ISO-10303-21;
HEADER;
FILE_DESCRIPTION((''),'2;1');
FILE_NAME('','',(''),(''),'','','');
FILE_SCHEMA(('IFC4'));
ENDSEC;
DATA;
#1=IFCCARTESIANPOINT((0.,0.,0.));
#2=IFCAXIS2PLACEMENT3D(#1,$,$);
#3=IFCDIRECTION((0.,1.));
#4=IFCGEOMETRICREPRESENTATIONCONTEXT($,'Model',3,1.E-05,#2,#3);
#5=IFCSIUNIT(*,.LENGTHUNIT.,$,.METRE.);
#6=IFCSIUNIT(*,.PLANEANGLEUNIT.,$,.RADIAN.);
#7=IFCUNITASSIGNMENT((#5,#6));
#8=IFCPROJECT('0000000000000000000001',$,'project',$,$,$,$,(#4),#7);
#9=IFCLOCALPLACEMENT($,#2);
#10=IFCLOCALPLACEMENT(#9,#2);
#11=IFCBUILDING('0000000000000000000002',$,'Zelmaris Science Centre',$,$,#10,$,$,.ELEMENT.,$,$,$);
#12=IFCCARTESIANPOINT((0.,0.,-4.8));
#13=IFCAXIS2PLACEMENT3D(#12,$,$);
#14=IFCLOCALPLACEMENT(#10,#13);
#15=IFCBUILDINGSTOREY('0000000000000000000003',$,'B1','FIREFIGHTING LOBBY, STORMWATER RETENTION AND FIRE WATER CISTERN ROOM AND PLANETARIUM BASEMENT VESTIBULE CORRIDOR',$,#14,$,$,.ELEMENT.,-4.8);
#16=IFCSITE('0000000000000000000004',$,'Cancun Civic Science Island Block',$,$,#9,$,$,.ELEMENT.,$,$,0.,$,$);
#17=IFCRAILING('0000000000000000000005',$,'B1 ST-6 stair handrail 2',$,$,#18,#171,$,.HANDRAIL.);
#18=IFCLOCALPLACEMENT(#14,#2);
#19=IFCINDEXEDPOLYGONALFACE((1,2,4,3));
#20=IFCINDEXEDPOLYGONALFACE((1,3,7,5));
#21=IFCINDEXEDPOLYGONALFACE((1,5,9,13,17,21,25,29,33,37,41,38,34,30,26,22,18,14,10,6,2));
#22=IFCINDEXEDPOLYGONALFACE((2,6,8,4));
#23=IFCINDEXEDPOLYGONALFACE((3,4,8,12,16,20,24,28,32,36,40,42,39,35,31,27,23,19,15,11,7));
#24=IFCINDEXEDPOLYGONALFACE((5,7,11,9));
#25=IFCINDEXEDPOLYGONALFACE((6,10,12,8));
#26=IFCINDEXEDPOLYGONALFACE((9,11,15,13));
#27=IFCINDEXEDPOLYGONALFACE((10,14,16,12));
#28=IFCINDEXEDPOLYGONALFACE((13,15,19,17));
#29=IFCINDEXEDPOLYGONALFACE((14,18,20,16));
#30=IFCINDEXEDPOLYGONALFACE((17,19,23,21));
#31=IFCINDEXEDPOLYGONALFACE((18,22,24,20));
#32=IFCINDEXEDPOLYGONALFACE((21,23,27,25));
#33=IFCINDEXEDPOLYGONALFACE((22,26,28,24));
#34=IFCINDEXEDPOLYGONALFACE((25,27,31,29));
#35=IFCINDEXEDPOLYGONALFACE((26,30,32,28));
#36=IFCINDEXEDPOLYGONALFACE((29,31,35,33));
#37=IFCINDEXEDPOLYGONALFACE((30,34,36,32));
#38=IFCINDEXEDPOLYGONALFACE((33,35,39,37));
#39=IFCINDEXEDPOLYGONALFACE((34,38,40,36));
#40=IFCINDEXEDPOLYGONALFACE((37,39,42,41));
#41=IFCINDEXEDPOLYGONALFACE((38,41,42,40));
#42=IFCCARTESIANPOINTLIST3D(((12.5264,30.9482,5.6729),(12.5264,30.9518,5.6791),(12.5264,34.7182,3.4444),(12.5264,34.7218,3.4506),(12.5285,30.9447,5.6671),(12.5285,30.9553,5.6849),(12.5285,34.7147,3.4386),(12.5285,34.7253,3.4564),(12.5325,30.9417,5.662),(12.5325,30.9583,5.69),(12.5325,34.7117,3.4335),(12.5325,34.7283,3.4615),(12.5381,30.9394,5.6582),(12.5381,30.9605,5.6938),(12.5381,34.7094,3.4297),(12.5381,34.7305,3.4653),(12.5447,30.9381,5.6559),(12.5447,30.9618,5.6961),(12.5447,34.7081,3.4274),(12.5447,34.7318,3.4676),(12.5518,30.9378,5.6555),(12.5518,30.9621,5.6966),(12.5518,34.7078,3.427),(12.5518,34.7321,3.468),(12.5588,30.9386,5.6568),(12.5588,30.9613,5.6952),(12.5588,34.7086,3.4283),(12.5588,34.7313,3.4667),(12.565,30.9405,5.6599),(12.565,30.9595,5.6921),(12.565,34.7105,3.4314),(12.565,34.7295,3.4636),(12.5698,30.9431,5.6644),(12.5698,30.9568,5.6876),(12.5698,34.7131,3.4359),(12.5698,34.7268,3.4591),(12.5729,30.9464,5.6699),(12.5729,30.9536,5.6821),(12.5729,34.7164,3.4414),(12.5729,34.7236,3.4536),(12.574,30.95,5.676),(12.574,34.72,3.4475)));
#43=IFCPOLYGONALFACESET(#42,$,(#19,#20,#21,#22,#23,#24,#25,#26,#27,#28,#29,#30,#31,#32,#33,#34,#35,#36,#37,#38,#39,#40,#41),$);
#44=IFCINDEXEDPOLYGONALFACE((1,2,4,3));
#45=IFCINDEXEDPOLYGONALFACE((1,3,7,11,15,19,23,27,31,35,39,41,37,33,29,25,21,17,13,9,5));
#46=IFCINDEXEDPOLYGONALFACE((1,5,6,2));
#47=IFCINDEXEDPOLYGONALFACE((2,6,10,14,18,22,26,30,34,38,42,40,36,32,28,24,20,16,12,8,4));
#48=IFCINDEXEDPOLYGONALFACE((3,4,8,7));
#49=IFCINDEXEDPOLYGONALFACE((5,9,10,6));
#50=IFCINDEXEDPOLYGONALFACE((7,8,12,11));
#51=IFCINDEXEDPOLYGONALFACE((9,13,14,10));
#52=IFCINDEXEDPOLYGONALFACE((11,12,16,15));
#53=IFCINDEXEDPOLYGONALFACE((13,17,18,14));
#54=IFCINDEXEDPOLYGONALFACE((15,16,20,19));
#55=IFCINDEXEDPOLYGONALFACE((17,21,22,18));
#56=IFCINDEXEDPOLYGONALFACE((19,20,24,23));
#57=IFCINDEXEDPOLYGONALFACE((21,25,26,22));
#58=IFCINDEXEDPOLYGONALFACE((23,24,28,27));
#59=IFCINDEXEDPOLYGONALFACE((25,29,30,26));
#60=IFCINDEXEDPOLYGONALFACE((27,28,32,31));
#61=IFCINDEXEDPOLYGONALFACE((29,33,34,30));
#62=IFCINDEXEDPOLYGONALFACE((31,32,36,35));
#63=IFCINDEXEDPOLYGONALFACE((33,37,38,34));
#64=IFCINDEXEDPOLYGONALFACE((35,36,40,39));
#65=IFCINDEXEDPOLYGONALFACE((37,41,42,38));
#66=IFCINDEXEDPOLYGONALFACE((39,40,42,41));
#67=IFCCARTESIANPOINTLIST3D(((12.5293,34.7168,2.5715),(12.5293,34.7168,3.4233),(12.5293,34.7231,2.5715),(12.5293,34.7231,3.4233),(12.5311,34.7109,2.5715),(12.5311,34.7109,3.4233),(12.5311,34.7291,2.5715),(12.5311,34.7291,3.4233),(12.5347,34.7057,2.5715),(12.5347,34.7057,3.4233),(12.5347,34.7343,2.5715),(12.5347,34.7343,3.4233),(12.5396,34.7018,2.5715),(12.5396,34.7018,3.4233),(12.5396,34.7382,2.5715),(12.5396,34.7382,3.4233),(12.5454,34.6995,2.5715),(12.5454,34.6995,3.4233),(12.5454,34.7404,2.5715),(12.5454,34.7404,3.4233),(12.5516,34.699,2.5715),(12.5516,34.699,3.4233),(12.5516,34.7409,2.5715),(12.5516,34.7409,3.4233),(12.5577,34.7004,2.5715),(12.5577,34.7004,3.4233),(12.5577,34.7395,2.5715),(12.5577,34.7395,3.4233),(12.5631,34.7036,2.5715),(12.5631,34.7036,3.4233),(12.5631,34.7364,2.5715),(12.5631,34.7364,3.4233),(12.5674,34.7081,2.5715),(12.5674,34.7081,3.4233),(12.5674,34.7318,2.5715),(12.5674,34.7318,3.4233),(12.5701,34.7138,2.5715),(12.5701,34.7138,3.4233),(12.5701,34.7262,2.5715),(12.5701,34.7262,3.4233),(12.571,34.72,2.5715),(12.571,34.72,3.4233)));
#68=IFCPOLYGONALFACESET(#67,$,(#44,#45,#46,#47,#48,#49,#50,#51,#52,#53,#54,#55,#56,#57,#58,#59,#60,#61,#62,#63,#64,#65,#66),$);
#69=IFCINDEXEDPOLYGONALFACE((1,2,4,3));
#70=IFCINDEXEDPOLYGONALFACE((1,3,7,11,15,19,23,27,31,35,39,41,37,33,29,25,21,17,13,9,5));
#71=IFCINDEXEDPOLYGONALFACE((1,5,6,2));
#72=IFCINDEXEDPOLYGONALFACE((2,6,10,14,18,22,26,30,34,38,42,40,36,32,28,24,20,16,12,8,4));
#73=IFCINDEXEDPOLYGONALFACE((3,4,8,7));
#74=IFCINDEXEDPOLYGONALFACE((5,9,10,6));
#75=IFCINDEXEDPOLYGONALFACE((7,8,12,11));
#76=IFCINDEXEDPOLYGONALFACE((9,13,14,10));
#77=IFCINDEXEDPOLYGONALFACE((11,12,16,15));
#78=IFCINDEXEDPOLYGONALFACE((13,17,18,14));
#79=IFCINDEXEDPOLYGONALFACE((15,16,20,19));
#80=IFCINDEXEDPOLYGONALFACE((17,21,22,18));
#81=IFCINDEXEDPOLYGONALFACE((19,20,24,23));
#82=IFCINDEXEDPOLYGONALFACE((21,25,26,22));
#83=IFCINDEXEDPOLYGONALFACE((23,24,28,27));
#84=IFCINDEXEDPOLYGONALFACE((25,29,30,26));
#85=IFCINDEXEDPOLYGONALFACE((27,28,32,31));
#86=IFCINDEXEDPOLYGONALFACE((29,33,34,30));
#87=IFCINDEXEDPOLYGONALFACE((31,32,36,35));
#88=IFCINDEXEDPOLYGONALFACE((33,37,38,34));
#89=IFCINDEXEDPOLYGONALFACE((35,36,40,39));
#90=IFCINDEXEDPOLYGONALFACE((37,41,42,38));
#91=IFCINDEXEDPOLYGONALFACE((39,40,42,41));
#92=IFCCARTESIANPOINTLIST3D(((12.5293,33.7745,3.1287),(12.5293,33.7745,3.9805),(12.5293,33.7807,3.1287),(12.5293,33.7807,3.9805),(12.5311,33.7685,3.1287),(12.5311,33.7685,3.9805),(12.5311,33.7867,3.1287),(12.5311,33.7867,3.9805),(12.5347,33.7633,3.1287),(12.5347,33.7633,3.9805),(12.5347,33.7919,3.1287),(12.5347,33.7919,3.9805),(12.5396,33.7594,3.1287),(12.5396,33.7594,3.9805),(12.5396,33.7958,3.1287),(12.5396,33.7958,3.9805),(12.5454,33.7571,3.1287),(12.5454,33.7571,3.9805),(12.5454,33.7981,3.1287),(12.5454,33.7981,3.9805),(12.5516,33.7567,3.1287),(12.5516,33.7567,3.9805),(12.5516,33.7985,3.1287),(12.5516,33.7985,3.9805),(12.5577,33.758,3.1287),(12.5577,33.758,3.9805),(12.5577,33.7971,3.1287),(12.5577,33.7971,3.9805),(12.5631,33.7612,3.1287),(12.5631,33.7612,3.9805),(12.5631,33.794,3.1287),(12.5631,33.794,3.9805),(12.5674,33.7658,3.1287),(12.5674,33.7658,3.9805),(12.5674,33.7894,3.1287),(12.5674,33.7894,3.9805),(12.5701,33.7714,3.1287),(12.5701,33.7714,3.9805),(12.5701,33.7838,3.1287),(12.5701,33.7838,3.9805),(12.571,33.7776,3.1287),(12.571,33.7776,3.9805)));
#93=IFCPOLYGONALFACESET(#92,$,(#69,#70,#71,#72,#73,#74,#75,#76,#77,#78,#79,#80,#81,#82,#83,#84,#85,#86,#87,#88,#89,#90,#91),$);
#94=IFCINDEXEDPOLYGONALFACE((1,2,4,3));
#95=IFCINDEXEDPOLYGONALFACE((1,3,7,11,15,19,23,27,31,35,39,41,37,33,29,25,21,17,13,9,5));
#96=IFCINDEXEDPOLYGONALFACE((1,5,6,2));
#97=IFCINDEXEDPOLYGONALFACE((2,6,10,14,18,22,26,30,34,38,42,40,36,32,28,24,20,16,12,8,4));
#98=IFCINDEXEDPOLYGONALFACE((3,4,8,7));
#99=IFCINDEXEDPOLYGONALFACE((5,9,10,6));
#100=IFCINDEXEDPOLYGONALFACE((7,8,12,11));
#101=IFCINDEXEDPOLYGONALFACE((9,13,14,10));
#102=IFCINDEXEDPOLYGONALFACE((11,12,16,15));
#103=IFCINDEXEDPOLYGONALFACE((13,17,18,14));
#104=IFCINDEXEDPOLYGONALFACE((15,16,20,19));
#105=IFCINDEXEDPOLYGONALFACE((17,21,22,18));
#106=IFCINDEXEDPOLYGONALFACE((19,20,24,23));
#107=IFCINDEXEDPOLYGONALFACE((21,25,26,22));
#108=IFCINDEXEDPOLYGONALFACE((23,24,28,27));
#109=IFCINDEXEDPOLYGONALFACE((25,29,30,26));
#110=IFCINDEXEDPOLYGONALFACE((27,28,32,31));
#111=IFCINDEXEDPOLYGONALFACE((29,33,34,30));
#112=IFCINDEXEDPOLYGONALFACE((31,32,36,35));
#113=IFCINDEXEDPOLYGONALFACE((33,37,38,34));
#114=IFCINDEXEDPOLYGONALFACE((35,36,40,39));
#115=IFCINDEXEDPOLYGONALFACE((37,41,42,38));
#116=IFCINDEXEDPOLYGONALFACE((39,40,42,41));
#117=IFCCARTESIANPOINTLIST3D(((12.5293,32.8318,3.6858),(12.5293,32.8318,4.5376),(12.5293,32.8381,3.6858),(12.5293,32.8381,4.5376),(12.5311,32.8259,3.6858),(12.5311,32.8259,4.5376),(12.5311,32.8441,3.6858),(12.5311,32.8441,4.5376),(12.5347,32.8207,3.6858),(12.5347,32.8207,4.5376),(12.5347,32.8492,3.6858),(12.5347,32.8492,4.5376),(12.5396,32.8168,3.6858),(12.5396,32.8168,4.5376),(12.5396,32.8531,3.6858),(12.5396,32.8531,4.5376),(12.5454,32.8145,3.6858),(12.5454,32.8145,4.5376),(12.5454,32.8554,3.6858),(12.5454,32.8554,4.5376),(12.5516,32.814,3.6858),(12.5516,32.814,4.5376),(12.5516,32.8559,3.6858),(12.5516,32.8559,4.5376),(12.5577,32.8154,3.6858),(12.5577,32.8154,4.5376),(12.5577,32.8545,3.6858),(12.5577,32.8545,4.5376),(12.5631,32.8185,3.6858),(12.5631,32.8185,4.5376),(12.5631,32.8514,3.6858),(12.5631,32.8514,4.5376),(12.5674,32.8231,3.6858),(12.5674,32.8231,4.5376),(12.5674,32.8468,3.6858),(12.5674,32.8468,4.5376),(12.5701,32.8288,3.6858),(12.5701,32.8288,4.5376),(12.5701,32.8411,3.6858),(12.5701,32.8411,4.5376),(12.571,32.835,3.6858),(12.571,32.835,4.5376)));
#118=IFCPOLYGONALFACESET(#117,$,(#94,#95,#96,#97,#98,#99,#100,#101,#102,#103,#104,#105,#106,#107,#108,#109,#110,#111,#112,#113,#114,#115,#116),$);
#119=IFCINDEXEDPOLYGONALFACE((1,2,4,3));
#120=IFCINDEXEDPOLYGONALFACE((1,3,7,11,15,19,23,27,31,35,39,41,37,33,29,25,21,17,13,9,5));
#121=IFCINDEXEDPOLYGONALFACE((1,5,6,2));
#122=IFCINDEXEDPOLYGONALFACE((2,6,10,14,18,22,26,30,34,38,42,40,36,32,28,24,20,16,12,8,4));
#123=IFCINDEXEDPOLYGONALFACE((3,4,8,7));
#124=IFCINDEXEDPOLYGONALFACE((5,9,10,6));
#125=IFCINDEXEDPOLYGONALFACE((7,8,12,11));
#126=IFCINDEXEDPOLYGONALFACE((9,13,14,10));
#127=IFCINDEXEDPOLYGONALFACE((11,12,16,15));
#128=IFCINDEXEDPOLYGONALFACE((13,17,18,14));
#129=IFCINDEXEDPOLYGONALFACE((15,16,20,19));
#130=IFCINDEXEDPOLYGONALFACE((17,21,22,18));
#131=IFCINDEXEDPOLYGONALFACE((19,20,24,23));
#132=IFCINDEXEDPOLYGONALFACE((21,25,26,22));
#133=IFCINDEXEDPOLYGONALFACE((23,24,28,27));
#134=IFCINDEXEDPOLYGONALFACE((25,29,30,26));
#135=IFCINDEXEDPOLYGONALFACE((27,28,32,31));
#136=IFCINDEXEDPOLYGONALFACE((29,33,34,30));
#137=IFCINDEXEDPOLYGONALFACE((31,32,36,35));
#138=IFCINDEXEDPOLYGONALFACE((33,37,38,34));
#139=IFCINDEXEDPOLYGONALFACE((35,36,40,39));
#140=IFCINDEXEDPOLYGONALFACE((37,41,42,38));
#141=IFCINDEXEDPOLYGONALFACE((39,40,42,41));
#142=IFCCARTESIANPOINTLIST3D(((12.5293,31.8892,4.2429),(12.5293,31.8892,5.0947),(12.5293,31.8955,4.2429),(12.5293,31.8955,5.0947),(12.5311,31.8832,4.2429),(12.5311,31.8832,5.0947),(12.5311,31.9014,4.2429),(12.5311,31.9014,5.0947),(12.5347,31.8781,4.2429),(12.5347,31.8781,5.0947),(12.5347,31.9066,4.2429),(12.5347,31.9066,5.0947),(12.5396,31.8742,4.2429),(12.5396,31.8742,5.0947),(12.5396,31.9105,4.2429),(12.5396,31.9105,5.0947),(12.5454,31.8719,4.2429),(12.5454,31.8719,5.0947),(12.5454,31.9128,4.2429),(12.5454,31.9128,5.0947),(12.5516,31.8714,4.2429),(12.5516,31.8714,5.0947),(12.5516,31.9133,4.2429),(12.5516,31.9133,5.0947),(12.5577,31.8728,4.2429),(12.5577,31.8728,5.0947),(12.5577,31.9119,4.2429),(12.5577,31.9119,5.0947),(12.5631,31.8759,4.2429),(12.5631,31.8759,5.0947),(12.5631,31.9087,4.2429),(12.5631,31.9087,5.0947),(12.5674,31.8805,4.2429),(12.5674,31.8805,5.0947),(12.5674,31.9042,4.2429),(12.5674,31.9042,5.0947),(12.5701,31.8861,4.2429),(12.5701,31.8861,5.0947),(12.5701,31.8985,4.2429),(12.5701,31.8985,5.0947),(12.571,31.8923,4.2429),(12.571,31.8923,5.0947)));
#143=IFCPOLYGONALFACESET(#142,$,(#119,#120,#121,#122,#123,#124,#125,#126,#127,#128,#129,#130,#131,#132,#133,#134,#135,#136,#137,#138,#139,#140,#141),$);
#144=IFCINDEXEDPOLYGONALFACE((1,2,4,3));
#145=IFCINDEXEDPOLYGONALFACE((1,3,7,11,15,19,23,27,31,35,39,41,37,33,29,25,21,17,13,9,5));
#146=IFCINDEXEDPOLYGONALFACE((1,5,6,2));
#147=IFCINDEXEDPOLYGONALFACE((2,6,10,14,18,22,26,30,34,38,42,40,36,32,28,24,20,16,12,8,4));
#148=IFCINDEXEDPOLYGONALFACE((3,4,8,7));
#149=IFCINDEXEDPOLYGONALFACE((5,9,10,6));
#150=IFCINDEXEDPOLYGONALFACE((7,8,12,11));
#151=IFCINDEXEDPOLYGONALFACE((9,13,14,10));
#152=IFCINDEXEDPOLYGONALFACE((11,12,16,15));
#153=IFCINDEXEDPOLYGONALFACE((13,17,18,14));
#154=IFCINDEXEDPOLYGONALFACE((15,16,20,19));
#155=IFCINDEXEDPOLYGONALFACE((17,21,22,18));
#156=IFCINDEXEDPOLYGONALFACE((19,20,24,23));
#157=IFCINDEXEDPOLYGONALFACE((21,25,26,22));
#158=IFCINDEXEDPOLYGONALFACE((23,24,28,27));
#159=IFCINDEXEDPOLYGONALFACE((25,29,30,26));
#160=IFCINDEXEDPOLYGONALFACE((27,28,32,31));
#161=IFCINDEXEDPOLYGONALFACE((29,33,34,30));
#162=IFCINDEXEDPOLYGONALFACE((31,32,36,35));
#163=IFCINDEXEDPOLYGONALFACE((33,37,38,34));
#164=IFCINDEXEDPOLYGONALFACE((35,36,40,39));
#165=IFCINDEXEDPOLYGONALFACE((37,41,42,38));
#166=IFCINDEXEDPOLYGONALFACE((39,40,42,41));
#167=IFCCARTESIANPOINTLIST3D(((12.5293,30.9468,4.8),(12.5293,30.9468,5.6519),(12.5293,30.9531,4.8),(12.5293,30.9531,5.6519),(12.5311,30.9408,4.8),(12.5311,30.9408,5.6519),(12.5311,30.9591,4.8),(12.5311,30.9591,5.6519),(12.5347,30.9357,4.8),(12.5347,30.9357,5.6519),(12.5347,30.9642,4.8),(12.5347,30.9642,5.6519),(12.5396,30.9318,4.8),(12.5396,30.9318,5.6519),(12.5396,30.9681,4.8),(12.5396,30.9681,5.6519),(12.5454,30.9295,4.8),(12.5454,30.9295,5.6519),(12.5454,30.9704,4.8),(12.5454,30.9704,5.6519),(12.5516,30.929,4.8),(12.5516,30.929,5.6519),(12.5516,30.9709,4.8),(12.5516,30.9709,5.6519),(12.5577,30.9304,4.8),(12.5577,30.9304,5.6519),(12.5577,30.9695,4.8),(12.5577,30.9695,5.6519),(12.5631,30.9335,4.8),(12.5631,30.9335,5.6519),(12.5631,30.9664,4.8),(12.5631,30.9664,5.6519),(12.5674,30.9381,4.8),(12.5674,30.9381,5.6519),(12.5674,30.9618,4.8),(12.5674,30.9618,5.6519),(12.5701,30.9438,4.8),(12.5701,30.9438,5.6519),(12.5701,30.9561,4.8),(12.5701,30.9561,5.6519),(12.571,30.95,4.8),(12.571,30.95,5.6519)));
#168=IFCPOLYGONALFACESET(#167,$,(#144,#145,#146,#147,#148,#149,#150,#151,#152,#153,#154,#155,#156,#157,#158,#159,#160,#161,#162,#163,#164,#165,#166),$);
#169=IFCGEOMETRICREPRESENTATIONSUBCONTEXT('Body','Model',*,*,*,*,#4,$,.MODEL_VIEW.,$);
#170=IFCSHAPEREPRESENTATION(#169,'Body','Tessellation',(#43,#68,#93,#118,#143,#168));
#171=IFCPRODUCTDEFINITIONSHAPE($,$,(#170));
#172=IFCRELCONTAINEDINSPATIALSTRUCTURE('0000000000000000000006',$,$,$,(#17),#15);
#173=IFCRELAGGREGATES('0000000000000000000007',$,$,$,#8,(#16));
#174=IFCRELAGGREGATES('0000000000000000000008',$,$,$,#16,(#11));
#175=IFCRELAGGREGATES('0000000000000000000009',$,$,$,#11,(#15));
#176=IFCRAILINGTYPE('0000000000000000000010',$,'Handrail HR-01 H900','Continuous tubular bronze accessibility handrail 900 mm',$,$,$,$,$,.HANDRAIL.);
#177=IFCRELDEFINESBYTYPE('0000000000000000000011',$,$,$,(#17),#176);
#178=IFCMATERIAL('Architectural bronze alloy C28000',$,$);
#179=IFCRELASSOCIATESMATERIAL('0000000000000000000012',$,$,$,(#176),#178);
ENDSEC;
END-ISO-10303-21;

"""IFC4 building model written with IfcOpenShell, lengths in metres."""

from ifc_helpers import new_model, si_unit, direction, frame, origin, origin_2d, place, context, subcontext, project, spatial, circle, extrude, material, type_object, element, save


model = new_model("IFC4")

# Units and contexts
model_context = context("Model", 3, precision=1e-05, world=origin(), true_north=direction((0.0, 1.0)))
body_context = subcontext(model_context, "Body", "Model", "MODEL_VIEW")
ifc_project = project(units=[si_unit("LENGTHUNIT", "METRE"), si_unit("PLANEANGLEUNIT", "RADIAN")], contexts=[model_context])

# Site, building, storey
site_placement = place(None, origin())
site = spatial("IfcSite", under=ifc_project, at=site_placement, Name="Cancun Civic Science Island Block", CompositionType="ELEMENT", RefElevation=0.0)
building_placement = place(site_placement, origin())
building = spatial("IfcBuilding", under=site, at=building_placement, Name="Zelmaris Science Centre", CompositionType="ELEMENT")
storey_placement = place(building_placement, frame((0.0, 0.0, -4.8)))
storey = spatial("IfcBuildingStorey", under=building, at=storey_placement, Name="B1", Description="FIREFIGHTING LOBBY, STORMWATER RETENTION AND FIRE WATER CISTERN ROOM AND PLANETARIUM BASEMENT VESTIBULE CORRIDOR", CompositionType="ELEMENT", Elevation=-4.8)

# Railing
ifc_material_1 = material(Name="Architectural bronze alloy C28000")
railing_type_1 = type_object("IfcRailingType", Name="Handrail HR-01 H900", Description="Continuous tubular bronze accessibility handrail 900 mm", PredefinedType="HANDRAIL", material=ifc_material_1)
railing_1_placement = place(storey_placement, frame((12.55, 34.72, 2.5715)))
element("IfcRailing", 1, at=railing_1_placement, inside=storey, type_object=railing_type_1, Name="B1 ST-6 stair handrail 2", PredefinedType="HANDRAIL", context=body_context, shape_type="SweptSolid", body=[
    extrude(circle(Radius=0.0239, at=origin_2d()), frame((0.0, 0.0, 0.876), z_axis=(0.0, -0.860849, 0.508861), x_axis=(1.0, 0.0, 0.0)), (0.0, 0.0, 1.0), 4.3794),
    extrude(circle(Radius=0.021, at=origin_2d()), origin(), (0.0, 0.0, 1.0), 0.8518),
    extrude(circle(Radius=0.021, at=origin_2d()), frame((0.0, -0.9424, 0.5571)), (0.0, 0.0, 1.0), 0.8518),
    extrude(circle(Radius=0.021, at=origin_2d()), frame((0.0, -1.885, 1.1143)), (0.0, 0.0, 1.0), 0.8518),
    extrude(circle(Radius=0.021, at=origin_2d()), frame((0.0, -2.8276, 1.6714)), (0.0, 0.0, 1.0), 0.8518),
    extrude(circle(Radius=0.021, at=origin_2d()), frame((0.0, -3.77, 2.2285)), (0.0, 0.0, 1.0), 0.8518),
])

save(model, "model.ifc")
